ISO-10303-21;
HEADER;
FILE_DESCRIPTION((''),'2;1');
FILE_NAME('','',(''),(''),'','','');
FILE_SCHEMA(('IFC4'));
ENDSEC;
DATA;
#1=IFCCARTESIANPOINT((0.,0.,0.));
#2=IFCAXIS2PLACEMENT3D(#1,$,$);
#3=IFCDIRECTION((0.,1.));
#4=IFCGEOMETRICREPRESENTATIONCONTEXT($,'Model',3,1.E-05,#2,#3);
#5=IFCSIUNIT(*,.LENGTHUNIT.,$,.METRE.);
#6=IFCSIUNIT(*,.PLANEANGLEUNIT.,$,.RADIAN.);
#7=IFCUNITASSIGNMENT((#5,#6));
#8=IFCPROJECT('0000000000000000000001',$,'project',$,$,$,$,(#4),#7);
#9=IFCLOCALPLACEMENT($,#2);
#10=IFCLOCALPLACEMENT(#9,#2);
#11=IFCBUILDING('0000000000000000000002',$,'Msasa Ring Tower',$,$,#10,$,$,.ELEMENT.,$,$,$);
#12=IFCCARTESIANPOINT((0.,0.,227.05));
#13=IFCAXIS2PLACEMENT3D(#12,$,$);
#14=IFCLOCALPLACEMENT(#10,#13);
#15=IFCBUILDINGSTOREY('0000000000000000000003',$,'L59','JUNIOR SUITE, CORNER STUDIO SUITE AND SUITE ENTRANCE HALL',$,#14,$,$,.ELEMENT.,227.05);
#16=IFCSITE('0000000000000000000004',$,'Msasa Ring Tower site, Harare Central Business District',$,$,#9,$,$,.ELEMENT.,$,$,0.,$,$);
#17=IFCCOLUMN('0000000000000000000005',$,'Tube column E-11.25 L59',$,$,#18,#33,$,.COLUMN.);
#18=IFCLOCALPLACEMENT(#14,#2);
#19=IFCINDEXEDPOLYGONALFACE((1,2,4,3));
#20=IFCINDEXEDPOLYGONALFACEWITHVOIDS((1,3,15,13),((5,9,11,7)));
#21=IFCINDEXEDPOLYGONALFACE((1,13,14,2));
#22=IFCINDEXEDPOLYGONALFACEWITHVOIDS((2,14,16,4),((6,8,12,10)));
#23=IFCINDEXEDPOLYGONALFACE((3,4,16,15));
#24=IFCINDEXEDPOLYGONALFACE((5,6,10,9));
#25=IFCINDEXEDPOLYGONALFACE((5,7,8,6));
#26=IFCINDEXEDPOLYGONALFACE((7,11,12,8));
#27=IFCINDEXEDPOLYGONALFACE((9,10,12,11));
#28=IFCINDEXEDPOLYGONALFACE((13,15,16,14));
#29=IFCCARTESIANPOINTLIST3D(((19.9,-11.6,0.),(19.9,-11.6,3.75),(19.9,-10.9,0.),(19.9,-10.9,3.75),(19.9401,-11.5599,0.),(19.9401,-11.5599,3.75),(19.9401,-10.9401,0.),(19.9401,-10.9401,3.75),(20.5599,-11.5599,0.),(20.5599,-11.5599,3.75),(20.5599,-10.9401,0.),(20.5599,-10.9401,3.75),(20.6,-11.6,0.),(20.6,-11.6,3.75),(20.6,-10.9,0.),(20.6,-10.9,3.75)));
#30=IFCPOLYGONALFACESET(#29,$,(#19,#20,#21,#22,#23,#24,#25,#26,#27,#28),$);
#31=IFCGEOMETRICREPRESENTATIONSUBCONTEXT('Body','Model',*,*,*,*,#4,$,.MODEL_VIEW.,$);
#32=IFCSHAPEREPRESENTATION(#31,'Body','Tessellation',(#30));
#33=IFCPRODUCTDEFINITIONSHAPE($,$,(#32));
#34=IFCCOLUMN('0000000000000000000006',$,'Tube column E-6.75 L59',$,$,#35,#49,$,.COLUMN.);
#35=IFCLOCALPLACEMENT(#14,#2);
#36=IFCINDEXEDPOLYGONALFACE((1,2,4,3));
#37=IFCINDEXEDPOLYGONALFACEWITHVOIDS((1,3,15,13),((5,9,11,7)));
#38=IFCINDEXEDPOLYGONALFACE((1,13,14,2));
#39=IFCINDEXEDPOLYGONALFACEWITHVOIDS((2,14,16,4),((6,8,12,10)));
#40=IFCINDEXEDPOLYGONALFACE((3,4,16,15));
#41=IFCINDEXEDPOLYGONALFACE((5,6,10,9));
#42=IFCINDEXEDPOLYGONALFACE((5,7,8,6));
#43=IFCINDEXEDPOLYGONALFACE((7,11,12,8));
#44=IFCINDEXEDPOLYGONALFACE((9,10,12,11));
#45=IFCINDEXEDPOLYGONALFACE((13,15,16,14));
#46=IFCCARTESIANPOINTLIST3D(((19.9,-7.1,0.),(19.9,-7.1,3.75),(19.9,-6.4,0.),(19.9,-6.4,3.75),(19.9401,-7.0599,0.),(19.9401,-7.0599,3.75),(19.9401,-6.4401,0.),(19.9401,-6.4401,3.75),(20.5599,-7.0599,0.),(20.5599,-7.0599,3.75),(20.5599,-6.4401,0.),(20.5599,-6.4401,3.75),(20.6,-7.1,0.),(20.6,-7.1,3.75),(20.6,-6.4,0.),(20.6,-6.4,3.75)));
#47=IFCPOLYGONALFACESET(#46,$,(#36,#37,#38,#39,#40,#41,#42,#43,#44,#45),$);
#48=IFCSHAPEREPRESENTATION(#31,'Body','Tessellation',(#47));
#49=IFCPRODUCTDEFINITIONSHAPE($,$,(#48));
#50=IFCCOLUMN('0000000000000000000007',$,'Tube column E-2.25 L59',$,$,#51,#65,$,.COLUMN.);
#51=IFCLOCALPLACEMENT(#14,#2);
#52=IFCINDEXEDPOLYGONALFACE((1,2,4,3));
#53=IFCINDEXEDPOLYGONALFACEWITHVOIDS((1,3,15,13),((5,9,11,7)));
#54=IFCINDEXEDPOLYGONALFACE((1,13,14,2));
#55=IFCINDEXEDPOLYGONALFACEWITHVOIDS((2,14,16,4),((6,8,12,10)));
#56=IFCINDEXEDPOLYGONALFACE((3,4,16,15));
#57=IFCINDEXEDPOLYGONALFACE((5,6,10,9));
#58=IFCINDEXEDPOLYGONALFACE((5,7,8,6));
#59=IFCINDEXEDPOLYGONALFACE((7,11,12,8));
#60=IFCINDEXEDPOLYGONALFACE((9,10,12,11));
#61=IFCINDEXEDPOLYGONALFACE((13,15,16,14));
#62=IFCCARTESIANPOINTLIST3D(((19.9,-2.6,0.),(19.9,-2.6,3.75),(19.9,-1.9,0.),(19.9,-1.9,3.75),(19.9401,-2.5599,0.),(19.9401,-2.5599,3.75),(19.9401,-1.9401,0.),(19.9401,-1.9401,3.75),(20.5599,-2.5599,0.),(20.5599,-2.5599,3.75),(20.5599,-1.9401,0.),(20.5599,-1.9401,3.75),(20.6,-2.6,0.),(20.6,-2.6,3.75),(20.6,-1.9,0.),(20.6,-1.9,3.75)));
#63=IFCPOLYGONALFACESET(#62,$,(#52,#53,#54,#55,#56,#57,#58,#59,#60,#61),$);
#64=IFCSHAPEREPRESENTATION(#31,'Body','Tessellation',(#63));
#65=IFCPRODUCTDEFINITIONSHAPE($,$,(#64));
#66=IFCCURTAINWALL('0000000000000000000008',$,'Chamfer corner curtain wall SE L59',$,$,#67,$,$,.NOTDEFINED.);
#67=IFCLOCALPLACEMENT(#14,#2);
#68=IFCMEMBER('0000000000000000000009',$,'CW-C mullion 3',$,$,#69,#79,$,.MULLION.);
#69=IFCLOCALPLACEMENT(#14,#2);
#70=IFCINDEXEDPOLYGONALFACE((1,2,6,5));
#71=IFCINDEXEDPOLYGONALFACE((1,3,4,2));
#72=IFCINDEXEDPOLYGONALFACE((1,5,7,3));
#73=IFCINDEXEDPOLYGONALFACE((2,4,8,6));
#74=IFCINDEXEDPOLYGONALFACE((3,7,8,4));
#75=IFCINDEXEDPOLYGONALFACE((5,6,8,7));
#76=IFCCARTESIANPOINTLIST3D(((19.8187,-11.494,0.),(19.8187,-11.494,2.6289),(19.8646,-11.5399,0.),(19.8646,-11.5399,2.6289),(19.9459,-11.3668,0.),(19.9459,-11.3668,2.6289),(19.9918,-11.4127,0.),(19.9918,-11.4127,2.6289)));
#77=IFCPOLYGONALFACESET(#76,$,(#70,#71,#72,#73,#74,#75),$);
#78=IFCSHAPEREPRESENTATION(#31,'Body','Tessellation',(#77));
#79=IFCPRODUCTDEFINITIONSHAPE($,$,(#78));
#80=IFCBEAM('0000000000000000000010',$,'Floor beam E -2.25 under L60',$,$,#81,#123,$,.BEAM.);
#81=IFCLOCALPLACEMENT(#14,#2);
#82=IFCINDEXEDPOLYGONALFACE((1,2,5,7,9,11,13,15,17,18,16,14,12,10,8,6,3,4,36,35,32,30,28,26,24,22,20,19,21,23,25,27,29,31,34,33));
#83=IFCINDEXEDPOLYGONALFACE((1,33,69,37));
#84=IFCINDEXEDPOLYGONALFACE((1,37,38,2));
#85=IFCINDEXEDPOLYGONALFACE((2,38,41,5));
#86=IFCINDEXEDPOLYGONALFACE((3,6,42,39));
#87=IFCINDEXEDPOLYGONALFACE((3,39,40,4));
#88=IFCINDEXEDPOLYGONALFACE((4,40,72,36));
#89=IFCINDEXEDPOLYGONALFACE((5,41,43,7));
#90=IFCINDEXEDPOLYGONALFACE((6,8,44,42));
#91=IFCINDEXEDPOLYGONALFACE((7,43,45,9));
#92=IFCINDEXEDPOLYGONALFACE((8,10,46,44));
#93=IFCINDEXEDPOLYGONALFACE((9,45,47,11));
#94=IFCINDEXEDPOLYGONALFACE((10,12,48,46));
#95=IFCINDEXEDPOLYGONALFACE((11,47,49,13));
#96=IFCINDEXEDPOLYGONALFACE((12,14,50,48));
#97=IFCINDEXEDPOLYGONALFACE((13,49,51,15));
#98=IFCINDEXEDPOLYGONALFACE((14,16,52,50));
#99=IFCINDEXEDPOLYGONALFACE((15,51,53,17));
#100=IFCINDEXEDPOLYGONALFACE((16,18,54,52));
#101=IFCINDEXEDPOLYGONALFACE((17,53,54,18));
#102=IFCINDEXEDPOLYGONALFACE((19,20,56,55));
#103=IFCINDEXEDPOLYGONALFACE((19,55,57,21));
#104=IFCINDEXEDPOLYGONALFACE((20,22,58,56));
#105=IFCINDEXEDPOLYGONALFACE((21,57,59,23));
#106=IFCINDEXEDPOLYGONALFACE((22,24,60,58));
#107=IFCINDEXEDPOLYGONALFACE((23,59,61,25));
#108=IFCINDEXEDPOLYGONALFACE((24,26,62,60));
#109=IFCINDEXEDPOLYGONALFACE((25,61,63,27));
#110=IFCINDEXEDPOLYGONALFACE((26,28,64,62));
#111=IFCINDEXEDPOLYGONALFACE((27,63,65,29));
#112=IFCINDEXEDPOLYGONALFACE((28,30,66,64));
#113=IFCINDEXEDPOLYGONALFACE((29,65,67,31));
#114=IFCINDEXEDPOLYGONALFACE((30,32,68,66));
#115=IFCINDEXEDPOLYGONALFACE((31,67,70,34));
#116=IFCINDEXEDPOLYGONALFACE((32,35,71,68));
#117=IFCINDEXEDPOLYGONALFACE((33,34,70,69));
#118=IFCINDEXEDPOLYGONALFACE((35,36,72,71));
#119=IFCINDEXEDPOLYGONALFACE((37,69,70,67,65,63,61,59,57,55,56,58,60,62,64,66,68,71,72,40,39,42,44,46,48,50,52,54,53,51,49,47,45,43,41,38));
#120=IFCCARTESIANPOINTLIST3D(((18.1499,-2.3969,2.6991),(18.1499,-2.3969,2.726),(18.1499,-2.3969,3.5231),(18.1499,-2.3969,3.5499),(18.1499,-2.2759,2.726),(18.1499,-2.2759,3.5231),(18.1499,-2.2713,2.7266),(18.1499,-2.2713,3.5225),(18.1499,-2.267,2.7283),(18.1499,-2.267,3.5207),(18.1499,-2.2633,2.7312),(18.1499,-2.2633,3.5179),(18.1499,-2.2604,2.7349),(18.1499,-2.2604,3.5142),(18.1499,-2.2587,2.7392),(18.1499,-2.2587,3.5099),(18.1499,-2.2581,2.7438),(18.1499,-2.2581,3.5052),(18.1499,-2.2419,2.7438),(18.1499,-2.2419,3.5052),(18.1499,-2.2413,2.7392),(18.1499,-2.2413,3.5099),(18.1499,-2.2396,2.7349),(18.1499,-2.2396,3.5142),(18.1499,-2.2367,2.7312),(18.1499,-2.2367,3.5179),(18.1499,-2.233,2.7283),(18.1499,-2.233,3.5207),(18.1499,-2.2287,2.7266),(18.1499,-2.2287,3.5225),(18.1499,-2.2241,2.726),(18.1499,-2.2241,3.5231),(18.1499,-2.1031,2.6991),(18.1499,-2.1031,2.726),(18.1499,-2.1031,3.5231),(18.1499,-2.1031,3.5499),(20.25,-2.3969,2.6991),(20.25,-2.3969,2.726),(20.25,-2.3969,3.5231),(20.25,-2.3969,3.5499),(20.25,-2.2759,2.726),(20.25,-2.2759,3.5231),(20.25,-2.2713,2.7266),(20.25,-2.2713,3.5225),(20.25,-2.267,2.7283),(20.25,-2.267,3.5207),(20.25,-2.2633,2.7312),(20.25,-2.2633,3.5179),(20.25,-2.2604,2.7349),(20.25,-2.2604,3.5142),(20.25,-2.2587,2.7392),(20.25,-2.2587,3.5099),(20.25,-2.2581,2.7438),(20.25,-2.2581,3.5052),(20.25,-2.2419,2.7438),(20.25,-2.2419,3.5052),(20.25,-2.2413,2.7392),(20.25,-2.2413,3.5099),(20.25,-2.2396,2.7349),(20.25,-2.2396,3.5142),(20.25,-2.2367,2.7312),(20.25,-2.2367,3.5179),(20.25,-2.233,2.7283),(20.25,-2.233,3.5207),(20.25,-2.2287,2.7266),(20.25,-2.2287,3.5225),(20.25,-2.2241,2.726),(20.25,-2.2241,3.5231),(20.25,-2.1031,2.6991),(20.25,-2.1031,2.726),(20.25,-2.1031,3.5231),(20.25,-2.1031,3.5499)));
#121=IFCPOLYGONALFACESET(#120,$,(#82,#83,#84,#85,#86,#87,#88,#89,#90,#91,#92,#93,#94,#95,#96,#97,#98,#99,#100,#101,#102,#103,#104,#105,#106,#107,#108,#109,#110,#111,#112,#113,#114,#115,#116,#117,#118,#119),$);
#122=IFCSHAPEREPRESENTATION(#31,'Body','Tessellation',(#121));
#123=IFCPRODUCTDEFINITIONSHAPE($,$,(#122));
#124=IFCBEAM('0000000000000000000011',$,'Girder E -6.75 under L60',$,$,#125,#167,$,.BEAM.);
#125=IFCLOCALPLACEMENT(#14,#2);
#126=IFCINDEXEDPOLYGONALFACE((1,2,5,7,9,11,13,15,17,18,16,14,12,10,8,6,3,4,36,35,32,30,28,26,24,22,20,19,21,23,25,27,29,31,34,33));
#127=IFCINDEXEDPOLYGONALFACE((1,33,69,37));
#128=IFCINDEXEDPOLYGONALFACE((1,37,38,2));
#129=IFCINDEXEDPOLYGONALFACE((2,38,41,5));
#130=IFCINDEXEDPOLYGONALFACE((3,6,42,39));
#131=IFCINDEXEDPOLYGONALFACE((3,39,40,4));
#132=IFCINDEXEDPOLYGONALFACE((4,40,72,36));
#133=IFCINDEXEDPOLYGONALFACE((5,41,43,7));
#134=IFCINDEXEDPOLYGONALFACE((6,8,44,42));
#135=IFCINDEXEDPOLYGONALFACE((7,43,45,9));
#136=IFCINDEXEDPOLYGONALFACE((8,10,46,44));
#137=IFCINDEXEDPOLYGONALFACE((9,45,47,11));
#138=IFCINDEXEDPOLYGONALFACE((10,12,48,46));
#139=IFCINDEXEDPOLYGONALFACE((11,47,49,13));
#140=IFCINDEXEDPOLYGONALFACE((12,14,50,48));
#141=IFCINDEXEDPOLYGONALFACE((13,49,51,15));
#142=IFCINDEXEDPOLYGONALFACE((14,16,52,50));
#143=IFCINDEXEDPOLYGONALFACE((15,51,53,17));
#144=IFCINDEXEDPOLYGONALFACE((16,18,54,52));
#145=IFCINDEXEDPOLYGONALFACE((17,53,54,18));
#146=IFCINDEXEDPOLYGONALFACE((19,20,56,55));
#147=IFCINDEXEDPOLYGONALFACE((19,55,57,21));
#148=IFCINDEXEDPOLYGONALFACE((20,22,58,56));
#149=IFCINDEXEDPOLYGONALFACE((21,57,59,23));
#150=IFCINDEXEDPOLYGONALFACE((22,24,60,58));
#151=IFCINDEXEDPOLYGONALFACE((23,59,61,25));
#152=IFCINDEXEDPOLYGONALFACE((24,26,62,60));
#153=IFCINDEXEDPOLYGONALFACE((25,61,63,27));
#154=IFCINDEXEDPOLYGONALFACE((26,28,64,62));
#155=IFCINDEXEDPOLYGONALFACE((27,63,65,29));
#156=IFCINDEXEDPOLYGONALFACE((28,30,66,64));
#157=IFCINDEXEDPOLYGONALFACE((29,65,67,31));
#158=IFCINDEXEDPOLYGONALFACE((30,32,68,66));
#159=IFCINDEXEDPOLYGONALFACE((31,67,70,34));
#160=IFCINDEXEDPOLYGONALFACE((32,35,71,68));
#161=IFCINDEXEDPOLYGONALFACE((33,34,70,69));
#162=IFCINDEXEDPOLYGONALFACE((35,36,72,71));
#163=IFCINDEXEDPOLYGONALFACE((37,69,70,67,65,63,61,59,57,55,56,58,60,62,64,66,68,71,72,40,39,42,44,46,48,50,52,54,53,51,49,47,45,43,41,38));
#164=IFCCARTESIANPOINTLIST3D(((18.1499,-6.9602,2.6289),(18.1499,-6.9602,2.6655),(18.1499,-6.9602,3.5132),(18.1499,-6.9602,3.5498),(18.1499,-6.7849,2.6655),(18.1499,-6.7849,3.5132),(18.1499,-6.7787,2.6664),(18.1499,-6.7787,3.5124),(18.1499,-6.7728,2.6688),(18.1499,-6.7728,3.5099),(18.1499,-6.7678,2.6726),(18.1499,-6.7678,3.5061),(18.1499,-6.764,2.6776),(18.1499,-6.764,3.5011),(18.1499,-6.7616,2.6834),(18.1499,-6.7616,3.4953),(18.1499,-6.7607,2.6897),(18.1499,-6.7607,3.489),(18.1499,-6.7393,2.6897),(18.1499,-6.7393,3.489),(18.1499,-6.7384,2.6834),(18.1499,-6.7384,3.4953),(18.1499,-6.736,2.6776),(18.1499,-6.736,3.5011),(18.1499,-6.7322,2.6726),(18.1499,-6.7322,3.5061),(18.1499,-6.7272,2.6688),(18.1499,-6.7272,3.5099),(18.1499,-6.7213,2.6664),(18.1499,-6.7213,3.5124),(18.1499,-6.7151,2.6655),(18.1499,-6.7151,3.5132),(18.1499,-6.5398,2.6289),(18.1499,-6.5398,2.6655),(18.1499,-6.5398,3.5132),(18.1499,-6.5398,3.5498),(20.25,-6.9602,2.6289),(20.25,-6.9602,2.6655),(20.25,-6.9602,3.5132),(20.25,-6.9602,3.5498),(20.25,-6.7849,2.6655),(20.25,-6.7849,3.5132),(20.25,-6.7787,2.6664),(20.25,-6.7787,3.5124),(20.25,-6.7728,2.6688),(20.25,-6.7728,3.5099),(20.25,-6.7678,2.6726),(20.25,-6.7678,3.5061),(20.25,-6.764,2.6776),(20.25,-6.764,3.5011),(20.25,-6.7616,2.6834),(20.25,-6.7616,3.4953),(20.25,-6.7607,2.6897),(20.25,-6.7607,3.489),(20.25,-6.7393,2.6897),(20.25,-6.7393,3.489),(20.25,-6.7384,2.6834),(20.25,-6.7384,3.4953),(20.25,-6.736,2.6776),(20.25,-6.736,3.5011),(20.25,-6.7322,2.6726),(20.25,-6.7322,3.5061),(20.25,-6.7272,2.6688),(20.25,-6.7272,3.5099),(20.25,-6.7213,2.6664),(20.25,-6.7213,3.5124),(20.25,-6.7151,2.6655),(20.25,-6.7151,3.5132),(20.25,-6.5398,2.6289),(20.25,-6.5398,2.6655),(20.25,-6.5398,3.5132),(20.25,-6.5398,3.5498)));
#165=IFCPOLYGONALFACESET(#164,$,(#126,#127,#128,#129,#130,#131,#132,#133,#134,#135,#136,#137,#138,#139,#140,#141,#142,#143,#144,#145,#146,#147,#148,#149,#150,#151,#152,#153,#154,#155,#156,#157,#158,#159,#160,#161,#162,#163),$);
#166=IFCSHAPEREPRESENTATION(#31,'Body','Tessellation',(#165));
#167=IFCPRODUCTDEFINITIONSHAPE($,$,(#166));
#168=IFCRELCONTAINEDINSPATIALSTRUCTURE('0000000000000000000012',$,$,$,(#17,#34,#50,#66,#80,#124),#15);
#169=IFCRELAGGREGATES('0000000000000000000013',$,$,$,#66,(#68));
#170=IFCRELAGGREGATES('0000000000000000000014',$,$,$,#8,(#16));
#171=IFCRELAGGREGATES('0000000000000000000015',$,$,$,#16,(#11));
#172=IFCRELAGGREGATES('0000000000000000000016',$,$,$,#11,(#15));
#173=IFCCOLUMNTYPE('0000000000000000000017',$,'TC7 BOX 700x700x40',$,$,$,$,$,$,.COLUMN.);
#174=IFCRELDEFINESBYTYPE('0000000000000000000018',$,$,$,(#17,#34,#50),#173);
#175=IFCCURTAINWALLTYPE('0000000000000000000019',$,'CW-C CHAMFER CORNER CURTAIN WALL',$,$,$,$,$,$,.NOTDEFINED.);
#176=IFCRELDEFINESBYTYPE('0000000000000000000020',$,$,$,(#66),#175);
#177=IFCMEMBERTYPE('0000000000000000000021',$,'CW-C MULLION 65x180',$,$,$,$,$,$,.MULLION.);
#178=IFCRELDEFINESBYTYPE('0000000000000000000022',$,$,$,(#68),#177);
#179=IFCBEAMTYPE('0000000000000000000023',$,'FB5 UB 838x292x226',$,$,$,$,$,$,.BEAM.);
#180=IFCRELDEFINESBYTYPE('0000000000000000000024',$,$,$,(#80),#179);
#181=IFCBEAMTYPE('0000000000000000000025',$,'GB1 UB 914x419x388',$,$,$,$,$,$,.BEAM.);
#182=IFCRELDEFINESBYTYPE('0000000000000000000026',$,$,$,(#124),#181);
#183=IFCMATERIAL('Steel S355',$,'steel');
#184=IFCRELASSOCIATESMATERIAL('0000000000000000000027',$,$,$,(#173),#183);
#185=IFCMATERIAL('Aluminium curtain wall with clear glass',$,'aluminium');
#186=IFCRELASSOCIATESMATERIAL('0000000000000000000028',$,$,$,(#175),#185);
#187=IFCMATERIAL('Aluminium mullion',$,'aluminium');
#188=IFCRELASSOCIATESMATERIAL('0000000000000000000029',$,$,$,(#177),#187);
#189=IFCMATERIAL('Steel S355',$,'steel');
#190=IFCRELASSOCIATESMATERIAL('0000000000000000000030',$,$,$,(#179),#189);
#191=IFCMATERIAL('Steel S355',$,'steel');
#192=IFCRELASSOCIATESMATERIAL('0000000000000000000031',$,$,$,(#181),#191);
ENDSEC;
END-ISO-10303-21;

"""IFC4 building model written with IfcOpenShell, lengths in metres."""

from ifc_helpers import new_model, si_unit, direction, frame, origin, origin_2d, place, context, subcontext, project, spatial, rectangle, hollow_rectangle, i_section, extrude, material, material_profile, profile_set, type_object, element, aggregate, save


model = new_model("IFC4")

# Units and contexts
model_context = context("Model", 3, precision=1e-05, world=origin(), true_north=direction((0.0, 1.0)))
body_context = subcontext(model_context, "Body", "Model", "MODEL_VIEW")
ifc_project = project(units=[si_unit("LENGTHUNIT", "METRE"), si_unit("PLANEANGLEUNIT", "RADIAN")], contexts=[model_context])

# Site, building, storey
site_placement = place(None, origin())
site = spatial("IfcSite", under=ifc_project, at=site_placement, Name="Msasa Ring Tower site, Harare Central Business District", CompositionType="ELEMENT", RefElevation=0.0)
building_placement = place(site_placement, origin())
building = spatial("IfcBuilding", under=site, at=building_placement, Name="Msasa Ring Tower", CompositionType="ELEMENT")
storey_placement = place(building_placement, frame((0.0, 0.0, 227.05)))
storey = spatial("IfcBuildingStorey", under=building, at=storey_placement, Name="L59", Description="JUNIOR SUITE, CORNER STUDIO SUITE AND SUITE ENTRANCE HALL", CompositionType="ELEMENT", Elevation=227.05)

# Columns
ifc_material_1 = material(Name="Steel S355", Category="steel")
ifc_material_profile_1 = material_profile(ifc_material_1, hollow_rectangle(XDim=0.7, YDim=0.7, WallThickness=0.04, at=origin_2d()), Name="BOX 700x700x40")
ifc_profile_set_1 = profile_set([ifc_material_profile_1], Name="Steel S355")
column_type = type_object("IfcColumnType", Name="TC7 BOX 700x700x40", PredefinedType="COLUMN", material=ifc_profile_set_1)
for number, where, z_axis, x_axis, name in (
    (1, (20.25, -11.25, 0.0), (0.0, 0.0, 1.0), (1.0, 0.0, 0.0), "Tube column E-11.25 L59"),
    (2, (20.25, -6.75, 0.0), (0.0, 0.0, 1.0), (1.0, 0.0, 0.0), "Tube column E-6.75 L59"),
    (3, (20.25, -2.25, 0.0), (0.0, 0.0, 1.0), (1.0, 0.0, 0.0), "Tube column E-2.25 L59"),
):
    element("IfcColumn", number, at=place(storey_placement, frame(where, z_axis=z_axis, x_axis=x_axis)), inside=storey, type_object=column_type, Name=name, PredefinedType="COLUMN", context=body_context, shape_type="SweptSolid", body=[
        extrude(hollow_rectangle(XDim=0.7, YDim=0.7, WallThickness=0.04, at=origin_2d()), origin(), (0.0, 0.0, 1.0), 3.75),
    ])

# Curtain wall, member
ifc_material_2 = material(Name="Aluminium curtain wall with clear glass", Category="aluminium")
curtain_wall_type = type_object("IfcCurtainWallType", Name="CW-C CHAMFER CORNER CURTAIN WALL", PredefinedType="NOTDEFINED", material=ifc_material_2)
curtain_wall_placement = place(storey_placement, origin())
curtain_wall = element("IfcCurtainWall", 4, at=curtain_wall_placement, inside=storey, type_object=curtain_wall_type, Name="Chamfer corner curtain wall SE L59", PredefinedType="NOTDEFINED")
ifc_material_3 = material(Name="Aluminium mullion", Category="aluminium")
ifc_material_profile_2 = material_profile(ifc_material_3, rectangle(XDim=0.0649, YDim=0.1799, at=origin_2d()), Name="AL 65x180")
ifc_profile_set_2 = profile_set([ifc_material_profile_2], Name="Aluminium mullion")
member_type = type_object("IfcMemberType", Name="CW-C MULLION 65x180", PredefinedType="MULLION", material=ifc_profile_set_2)
member_placement = place(storey_placement, frame((19.9053, -11.4534, 0.0), z_axis=(0.0, 0.0, 1.0), x_axis=(-0.707107, 0.707107, 0.0)))
member = element("IfcMember", 5, at=member_placement, type_object=member_type, Name="CW-C mullion 3", PredefinedType="MULLION", context=body_context, shape_type="SweptSolid", body=[
    extrude(rectangle(XDim=0.0649, YDim=0.1799, at=origin_2d()), origin(), (0.0, 0.0, 1.0), 2.6289),
])
aggregate(curtain_wall, [member])

# Beams
ifc_material_4 = material(Name="Steel S355", Category="steel")
ifc_material_profile_3 = material_profile(ifc_material_4, i_section(OverallWidth=0.2937, OverallDepth=0.8508, WebThickness=0.0161, FlangeThickness=0.0269, FilletRadius=0.0178, at=origin_2d()), Name="UB 838x292x226")
ifc_profile_set_3 = profile_set([ifc_material_profile_3], Name="Steel S355")
beam_type_1 = type_object("IfcBeamType", Name="FB5 UB 838x292x226", PredefinedType="BEAM", material=ifc_profile_set_3)
beam_1_placement = place(storey_placement, frame((20.25, -2.25, 3.1245), z_axis=(-1.0, 0.0, 0.0), x_axis=(0.0, -1.0, 0.0)))
element("IfcBeam", 6, at=beam_1_placement, inside=storey, type_object=beam_type_1, Name="Floor beam E -2.25 under L60", PredefinedType="BEAM", context=body_context, shape_type="SweptSolid", body=[
    extrude(i_section(OverallWidth=0.2937, OverallDepth=0.8508, WebThickness=0.0161, FlangeThickness=0.0269, FilletRadius=0.0178, at=origin_2d()), origin(), (0.0, 0.0, 1.0), 2.1001),
])
ifc_material_5 = material(Name="Steel S355", Category="steel")
ifc_material_profile_4 = material_profile(ifc_material_5, i_section(OverallWidth=0.4204, OverallDepth=0.9209, WebThickness=0.0215, FlangeThickness=0.0366, FilletRadius=0.0242, at=origin_2d()), Name="UB 914x419x388")
ifc_profile_set_4 = profile_set([ifc_material_profile_4], Name="Steel S355")
beam_type_2 = type_object("IfcBeamType", Name="GB1 UB 914x419x388", PredefinedType="BEAM", material=ifc_profile_set_4)
beam_2_placement = place(storey_placement, frame((18.1499, -6.75, 3.0894), z_axis=(1.0, 0.0, 0.0), x_axis=(0.0, 1.0, 0.0)))
element("IfcBeam", 7, at=beam_2_placement, inside=storey, type_object=beam_type_2, Name="Girder E -6.75 under L60", PredefinedType="BEAM", context=body_context, shape_type="SweptSolid", body=[
    extrude(i_section(OverallWidth=0.4204, OverallDepth=0.9209, WebThickness=0.0215, FlangeThickness=0.0366, FilletRadius=0.0242, at=origin_2d()), origin(), (0.0, 0.0, 1.0), 2.1001),
])

save(model, "model.ifc")
